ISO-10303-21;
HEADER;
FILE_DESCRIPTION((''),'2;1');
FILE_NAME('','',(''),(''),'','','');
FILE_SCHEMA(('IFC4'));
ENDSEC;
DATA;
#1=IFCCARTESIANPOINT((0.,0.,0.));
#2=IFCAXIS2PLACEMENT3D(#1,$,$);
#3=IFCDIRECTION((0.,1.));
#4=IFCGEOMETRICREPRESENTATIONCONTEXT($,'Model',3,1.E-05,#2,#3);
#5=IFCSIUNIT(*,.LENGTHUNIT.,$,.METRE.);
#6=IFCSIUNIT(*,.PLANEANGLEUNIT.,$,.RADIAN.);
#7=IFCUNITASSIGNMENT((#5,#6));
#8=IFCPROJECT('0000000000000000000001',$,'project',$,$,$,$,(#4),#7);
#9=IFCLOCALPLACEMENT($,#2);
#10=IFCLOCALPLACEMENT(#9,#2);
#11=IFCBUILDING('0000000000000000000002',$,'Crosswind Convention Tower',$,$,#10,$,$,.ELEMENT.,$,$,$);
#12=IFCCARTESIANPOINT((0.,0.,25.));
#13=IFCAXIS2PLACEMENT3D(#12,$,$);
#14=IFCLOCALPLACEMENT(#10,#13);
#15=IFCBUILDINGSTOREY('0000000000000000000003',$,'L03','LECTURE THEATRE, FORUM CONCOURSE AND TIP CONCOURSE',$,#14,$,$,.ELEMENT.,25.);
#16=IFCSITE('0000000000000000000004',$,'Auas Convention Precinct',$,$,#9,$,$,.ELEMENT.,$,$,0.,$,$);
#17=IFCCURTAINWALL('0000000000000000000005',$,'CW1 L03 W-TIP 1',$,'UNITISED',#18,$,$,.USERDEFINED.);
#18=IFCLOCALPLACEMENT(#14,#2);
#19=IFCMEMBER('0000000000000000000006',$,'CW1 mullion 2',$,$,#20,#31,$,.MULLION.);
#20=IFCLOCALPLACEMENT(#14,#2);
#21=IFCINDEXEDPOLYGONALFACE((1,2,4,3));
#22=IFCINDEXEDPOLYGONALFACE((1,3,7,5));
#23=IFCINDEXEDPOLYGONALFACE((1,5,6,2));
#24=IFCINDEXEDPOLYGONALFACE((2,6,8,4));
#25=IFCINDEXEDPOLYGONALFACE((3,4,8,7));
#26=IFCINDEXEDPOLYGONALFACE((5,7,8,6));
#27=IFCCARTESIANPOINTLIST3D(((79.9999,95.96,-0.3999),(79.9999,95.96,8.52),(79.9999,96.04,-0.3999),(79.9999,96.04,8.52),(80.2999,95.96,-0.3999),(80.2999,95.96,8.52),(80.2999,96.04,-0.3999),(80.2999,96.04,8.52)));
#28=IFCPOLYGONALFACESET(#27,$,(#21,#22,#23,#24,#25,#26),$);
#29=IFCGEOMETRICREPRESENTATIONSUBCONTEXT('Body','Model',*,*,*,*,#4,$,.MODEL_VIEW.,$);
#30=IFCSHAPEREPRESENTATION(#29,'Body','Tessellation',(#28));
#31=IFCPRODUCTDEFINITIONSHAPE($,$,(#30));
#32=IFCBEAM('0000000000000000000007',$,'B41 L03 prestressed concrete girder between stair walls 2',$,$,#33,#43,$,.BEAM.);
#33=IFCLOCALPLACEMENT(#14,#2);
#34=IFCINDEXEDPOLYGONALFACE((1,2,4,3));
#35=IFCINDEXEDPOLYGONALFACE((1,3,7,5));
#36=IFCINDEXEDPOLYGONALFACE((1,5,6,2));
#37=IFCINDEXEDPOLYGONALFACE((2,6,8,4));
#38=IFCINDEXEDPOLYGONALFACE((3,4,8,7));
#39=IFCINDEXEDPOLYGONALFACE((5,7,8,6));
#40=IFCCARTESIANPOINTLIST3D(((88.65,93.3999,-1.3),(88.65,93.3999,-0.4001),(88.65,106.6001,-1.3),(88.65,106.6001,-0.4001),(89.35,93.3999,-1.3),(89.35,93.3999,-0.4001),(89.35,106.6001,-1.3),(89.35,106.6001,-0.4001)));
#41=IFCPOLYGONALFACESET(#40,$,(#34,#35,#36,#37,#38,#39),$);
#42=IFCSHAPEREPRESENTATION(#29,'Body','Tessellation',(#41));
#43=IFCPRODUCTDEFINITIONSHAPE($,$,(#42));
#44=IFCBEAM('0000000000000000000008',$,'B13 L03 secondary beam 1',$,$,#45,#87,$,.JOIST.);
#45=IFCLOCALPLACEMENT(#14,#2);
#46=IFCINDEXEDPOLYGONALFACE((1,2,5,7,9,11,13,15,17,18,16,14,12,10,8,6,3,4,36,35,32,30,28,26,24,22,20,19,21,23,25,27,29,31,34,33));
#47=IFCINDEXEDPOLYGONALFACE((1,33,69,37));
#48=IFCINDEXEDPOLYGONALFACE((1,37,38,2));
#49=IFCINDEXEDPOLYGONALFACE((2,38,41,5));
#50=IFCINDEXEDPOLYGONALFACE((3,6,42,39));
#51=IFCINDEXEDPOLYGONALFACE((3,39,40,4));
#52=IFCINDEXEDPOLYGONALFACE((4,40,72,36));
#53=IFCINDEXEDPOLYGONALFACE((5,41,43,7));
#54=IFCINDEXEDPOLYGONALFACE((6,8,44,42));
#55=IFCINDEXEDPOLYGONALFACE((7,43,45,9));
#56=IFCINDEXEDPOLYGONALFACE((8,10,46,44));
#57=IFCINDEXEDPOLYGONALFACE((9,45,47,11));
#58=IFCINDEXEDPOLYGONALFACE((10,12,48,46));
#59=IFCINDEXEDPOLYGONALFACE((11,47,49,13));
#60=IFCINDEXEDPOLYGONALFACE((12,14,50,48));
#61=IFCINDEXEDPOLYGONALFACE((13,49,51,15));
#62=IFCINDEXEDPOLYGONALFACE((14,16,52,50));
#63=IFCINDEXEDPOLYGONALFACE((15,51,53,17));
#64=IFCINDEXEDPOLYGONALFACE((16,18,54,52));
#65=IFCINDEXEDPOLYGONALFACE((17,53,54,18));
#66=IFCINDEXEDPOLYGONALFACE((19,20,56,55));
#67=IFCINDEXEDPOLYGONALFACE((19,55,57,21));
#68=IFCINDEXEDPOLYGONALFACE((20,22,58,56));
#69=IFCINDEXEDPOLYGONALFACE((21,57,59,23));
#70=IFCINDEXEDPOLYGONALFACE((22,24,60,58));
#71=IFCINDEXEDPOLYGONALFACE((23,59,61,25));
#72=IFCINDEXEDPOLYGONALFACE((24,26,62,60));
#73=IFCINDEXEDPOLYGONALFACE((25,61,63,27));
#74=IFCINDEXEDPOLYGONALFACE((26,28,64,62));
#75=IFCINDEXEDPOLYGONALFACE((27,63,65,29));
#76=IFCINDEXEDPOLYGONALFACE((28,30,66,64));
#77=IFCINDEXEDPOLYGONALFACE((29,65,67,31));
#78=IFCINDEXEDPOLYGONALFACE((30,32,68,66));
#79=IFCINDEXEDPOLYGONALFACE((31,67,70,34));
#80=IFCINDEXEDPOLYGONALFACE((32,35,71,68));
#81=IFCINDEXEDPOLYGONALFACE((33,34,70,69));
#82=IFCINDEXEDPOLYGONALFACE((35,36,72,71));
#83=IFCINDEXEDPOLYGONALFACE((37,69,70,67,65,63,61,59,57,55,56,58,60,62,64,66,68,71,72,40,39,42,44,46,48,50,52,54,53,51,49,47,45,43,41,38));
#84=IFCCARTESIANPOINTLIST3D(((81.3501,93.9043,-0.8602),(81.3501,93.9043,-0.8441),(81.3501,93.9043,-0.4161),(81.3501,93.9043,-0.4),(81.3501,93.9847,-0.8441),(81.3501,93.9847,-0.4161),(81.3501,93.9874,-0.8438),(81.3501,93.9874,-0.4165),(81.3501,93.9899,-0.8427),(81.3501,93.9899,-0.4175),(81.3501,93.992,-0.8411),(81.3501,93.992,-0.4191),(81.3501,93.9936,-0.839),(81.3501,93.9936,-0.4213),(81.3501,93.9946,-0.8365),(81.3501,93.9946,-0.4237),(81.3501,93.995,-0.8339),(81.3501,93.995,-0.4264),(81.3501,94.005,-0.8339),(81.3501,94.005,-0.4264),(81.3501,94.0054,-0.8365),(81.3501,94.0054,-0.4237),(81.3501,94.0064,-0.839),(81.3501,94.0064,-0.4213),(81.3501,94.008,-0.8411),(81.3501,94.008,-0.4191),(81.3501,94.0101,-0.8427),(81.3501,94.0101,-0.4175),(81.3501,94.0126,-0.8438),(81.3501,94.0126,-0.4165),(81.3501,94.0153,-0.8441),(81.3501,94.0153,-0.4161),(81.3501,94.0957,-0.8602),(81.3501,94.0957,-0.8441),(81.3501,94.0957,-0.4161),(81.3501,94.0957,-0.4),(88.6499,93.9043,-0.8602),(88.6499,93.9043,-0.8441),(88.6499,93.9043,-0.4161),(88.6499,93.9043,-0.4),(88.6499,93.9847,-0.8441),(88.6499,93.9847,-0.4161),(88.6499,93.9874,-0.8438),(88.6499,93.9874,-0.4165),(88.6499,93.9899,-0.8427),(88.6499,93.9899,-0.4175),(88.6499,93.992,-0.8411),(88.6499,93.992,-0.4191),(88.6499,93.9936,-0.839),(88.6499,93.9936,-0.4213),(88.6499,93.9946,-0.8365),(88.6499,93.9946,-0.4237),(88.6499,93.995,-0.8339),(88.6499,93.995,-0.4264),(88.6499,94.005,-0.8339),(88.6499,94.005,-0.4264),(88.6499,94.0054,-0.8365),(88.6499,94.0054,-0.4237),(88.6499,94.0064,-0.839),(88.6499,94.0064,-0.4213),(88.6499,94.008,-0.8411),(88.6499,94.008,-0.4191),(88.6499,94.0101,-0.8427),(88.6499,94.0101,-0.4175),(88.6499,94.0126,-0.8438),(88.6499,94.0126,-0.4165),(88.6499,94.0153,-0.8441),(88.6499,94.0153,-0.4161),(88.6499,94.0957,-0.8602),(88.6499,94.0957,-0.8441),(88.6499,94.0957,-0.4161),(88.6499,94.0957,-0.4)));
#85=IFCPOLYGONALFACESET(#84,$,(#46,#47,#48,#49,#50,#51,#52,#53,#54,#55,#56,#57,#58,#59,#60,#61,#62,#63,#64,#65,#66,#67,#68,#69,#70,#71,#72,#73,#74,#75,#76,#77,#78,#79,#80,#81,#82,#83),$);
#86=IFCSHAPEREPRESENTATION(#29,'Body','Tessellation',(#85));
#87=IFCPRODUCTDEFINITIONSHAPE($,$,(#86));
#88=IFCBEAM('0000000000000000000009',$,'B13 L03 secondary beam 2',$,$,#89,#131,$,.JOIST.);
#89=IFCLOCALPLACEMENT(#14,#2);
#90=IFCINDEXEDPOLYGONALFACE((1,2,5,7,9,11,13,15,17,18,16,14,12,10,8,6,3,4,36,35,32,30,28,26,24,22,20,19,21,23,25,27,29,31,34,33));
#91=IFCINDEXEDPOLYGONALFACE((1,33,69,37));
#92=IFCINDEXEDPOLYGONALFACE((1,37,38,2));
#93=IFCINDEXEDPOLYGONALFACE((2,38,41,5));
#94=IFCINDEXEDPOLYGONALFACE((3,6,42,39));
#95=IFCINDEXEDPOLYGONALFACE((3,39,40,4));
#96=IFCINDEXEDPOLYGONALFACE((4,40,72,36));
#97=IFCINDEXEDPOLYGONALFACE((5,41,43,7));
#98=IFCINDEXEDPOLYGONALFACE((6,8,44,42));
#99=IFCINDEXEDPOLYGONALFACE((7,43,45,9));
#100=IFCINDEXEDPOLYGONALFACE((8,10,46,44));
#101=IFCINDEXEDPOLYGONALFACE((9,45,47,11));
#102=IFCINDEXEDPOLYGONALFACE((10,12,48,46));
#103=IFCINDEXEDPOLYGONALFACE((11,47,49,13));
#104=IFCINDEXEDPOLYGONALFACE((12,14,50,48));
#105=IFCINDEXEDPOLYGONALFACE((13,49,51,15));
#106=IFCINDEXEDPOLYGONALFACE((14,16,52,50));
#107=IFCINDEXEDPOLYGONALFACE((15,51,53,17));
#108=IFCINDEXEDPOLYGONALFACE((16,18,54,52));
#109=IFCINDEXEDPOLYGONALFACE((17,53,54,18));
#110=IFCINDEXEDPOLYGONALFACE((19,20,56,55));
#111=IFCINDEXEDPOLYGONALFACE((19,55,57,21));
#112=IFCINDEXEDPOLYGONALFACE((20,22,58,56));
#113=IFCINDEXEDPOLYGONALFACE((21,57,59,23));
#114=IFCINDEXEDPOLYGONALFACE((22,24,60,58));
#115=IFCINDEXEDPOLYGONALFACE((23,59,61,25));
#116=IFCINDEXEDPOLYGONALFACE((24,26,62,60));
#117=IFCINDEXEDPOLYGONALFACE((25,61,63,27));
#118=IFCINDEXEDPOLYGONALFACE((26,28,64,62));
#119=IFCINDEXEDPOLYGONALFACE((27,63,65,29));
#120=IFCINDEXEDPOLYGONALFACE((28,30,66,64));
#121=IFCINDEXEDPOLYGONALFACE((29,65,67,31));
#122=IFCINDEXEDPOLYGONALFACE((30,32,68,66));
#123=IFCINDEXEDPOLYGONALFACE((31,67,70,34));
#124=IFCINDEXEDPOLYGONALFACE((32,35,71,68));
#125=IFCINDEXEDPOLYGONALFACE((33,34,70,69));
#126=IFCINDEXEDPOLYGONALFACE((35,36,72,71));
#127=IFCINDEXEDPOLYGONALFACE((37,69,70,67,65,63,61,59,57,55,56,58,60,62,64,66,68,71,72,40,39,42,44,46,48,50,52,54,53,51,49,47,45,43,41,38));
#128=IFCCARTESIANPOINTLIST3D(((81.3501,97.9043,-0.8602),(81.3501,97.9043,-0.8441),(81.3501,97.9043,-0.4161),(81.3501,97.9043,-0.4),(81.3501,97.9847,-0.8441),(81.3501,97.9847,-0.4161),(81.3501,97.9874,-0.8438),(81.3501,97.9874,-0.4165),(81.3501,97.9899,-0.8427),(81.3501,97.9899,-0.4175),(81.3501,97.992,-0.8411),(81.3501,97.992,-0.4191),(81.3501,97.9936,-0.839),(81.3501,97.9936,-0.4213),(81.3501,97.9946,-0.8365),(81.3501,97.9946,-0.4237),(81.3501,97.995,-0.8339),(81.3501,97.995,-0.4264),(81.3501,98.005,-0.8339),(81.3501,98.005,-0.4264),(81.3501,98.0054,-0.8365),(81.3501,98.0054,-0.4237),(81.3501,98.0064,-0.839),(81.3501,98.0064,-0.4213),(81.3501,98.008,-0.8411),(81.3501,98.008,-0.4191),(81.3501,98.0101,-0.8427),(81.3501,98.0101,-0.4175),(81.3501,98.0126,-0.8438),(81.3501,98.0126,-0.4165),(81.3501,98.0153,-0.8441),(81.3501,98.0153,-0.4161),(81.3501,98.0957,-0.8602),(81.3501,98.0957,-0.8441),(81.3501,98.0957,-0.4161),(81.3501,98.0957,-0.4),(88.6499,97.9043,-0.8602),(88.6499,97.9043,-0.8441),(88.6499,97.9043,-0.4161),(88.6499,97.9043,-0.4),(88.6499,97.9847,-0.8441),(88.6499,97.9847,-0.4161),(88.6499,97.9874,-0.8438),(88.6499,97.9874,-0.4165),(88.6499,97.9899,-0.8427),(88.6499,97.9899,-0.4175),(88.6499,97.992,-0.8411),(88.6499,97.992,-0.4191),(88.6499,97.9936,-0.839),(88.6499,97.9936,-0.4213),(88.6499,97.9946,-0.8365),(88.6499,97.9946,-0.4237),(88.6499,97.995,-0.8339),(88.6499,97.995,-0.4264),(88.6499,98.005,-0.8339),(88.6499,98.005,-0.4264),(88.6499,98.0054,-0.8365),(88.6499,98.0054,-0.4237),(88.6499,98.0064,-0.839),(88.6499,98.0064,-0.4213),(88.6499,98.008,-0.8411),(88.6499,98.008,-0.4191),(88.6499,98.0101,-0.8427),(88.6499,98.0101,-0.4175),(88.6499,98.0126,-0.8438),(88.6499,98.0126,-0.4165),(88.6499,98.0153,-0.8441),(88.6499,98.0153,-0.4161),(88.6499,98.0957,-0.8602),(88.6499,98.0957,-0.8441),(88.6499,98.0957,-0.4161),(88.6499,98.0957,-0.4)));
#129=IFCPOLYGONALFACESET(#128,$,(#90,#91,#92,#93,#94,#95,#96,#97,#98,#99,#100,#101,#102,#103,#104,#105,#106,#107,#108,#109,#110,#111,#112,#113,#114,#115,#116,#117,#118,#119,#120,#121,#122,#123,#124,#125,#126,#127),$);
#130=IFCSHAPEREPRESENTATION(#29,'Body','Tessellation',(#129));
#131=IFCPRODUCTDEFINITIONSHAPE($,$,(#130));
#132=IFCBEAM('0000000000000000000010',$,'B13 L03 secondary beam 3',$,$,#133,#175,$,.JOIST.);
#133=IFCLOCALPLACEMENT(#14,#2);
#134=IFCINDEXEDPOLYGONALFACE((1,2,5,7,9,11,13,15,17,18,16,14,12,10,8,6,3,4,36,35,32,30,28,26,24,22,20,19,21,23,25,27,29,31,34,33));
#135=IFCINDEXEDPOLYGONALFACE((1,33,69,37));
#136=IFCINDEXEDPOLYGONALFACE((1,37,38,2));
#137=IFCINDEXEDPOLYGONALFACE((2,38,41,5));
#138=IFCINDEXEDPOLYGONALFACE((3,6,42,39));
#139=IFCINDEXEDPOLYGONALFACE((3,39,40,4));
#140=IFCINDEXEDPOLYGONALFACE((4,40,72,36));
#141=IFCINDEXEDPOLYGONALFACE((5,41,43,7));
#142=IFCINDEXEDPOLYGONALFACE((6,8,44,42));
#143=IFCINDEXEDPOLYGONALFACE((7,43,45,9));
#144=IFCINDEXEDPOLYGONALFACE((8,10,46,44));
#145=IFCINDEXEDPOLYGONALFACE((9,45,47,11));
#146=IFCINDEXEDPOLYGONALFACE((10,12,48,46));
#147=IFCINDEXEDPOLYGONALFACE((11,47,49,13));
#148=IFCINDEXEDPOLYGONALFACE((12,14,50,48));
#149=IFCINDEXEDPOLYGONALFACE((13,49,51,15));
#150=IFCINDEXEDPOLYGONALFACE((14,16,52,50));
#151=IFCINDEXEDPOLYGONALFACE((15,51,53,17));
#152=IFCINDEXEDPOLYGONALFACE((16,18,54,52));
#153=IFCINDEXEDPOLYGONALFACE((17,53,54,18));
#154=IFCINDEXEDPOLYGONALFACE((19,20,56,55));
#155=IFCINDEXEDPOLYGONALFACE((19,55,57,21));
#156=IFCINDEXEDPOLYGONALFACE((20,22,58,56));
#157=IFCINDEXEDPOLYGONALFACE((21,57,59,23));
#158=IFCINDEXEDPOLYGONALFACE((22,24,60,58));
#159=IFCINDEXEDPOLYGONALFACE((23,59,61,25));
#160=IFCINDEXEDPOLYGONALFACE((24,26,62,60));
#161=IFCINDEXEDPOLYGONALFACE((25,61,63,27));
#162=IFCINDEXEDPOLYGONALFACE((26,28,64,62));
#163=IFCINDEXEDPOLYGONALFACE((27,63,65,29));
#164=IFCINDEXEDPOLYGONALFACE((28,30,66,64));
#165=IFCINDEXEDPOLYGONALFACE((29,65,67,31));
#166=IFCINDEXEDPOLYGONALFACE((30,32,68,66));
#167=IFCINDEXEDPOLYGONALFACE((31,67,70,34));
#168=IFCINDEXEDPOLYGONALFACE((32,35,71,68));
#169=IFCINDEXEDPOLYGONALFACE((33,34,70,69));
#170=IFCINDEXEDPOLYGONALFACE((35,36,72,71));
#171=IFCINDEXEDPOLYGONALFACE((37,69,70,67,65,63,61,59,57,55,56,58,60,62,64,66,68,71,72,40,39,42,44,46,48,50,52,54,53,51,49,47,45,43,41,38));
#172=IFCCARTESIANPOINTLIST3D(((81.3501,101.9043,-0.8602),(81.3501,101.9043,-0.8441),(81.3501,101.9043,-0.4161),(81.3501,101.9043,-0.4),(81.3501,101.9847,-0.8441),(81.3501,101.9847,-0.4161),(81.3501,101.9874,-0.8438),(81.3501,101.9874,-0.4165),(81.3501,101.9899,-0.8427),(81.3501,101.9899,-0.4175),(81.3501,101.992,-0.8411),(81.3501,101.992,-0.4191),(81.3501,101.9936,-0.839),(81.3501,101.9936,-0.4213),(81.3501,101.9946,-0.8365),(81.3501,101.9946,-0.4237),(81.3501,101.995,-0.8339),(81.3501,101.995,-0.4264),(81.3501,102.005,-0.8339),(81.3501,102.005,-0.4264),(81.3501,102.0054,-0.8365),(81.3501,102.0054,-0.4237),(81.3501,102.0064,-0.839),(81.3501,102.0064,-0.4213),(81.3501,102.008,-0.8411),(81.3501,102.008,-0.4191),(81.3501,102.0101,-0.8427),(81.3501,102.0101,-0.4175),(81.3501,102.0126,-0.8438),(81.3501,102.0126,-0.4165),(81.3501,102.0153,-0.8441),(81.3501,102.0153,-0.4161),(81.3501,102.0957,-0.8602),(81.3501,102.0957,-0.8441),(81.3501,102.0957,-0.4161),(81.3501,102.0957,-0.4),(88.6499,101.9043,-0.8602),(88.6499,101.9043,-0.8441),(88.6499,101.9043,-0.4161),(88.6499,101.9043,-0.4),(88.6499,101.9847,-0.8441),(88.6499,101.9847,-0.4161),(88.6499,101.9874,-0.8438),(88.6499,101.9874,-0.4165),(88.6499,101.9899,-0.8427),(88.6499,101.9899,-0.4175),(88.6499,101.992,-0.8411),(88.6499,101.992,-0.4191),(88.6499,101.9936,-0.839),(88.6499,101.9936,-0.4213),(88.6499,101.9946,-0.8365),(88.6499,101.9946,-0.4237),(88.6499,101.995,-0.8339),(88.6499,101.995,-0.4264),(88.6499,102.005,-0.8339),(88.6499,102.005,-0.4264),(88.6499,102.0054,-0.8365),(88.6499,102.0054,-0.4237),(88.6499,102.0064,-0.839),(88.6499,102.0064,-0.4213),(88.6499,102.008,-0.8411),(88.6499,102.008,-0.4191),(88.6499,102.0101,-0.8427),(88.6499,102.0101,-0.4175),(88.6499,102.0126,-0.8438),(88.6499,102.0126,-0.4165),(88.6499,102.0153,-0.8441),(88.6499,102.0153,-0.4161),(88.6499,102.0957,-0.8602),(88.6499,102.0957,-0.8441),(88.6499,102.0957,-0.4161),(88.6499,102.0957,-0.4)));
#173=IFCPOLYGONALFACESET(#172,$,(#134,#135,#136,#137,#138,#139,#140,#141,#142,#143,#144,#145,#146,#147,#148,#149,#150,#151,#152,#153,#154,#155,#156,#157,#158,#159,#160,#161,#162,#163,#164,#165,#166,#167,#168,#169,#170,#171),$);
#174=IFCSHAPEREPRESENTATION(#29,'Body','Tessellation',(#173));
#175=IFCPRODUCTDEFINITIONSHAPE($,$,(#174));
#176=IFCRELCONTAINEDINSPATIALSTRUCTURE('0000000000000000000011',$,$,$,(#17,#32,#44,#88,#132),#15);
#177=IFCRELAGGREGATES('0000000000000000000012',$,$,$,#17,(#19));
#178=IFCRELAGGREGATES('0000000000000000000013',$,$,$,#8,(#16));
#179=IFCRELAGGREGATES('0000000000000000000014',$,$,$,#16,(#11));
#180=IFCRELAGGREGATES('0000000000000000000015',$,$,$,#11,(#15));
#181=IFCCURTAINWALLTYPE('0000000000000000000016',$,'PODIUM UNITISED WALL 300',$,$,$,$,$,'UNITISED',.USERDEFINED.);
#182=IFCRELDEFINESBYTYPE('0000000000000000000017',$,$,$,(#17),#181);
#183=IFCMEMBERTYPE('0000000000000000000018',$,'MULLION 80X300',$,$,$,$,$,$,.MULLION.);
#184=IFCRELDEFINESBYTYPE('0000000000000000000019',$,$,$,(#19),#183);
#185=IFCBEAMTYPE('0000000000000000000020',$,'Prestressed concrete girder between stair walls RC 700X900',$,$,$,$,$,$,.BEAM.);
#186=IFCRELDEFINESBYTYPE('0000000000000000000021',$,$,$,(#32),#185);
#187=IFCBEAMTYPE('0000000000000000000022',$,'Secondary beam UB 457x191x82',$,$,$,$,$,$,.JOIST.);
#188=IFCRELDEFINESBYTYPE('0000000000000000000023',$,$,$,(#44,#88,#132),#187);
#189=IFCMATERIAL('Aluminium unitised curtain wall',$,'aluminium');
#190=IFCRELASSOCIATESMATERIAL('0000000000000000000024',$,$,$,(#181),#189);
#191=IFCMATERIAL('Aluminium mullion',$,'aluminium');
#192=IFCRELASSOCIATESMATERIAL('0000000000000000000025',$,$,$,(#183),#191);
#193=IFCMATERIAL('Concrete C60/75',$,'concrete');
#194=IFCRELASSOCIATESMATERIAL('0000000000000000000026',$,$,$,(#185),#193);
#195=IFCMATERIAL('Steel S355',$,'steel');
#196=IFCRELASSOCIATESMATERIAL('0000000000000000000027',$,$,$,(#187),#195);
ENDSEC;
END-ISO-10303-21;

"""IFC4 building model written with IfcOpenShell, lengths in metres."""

from ifc_helpers import new_model, si_unit, direction, frame, origin, origin_2d, place, context, subcontext, project, spatial, rectangle, i_section, extrude, material, material_profile, profile_set, type_object, element, aggregate, save


model = new_model("IFC4")

# Units and contexts
model_context = context("Model", 3, precision=1e-05, world=origin(), true_north=direction((0.0, 1.0)))
body_context = subcontext(model_context, "Body", "Model", "MODEL_VIEW")
ifc_project = project(units=[si_unit("LENGTHUNIT", "METRE"), si_unit("PLANEANGLEUNIT", "RADIAN")], contexts=[model_context])

# Site, building, storey
site_placement = place(None, origin())
site = spatial("IfcSite", under=ifc_project, at=site_placement, Name="Auas Convention Precinct", CompositionType="ELEMENT", RefElevation=0.0)
building_placement = place(site_placement, origin())
building = spatial("IfcBuilding", under=site, at=building_placement, Name="Crosswind Convention Tower", CompositionType="ELEMENT")
storey_placement = place(building_placement, frame((0.0, 0.0, 25.0)))
storey = spatial("IfcBuildingStorey", under=building, at=storey_placement, Name="L03", Description="LECTURE THEATRE, FORUM CONCOURSE AND TIP CONCOURSE", CompositionType="ELEMENT", Elevation=25.0)

# Curtain wall, member
ifc_material_1 = material(Name="Aluminium unitised curtain wall", Category="aluminium")
curtain_wall_type = type_object("IfcCurtainWallType", Name="PODIUM UNITISED WALL 300", ElementType="UNITISED", PredefinedType="USERDEFINED", material=ifc_material_1)
curtain_wall_placement = place(storey_placement, origin())
curtain_wall = element("IfcCurtainWall", 1, at=curtain_wall_placement, inside=storey, type_object=curtain_wall_type, Name="CW1 L03 W-TIP 1", ObjectType="UNITISED", PredefinedType="USERDEFINED")
ifc_material_2 = material(Name="Aluminium mullion", Category="aluminium")
ifc_material_profile_1 = material_profile(ifc_material_2, rectangle(XDim=0.3, YDim=0.0801, at=origin_2d()), Name="AL 300X80")
ifc_profile_set_1 = profile_set([ifc_material_profile_1], Name="Aluminium mullion")
member_type_1 = type_object("IfcMemberType", Name="MULLION 80X300", PredefinedType="MULLION", material=ifc_profile_set_1)
member_1_placement = place(storey_placement, frame((80.1499, 96.0, -0.3999), z_axis=(0.0, 0.0, 1.0), x_axis=(-1.0, 0.0, 0.0)))
member_1 = element("IfcMember", 2, at=member_1_placement, type_object=member_type_1, Name="CW1 mullion 2", PredefinedType="MULLION", context=body_context, shape_type="SweptSolid", body=[
    extrude(rectangle(XDim=0.3, YDim=0.0801, at=origin_2d()), origin(), (0.0, 0.0, 1.0), 8.9199),
])

# Beams
ifc_material_3 = material(Name="Concrete C60/75", Category="concrete")
ifc_material_profile_2 = material_profile(ifc_material_3, rectangle(XDim=0.7, YDim=0.8999, at=origin_2d()), Name="RC 700X900")
ifc_profile_set_2 = profile_set([ifc_material_profile_2], Name="Concrete C60/75")
beam_type_1 = type_object("IfcBeamType", Name="Prestressed concrete girder between stair walls RC 700X900", PredefinedType="BEAM", material=ifc_profile_set_2)
beam_1_placement = place(storey_placement, frame((89.0, 93.3999, -0.8501), z_axis=(0.0, 1.0, 0.0), x_axis=(-1.0, 0.0, 0.0)))
element("IfcBeam", 3, at=beam_1_placement, inside=storey, type_object=beam_type_1, Name="B41 L03 prestressed concrete girder between stair walls 2", PredefinedType="BEAM", context=body_context, shape_type="SweptSolid", body=[
    extrude(rectangle(XDim=0.7, YDim=0.8999, at=origin_2d()), origin(), (0.0, 0.0, 1.0), 13.2002),
])
ifc_material_4 = material(Name="Steel S355", Category="steel")
ifc_material_profile_3 = material_profile(ifc_material_4, i_section(OverallWidth=0.1914, OverallDepth=0.4602, WebThickness=0.01, FlangeThickness=0.0161, FilletRadius=0.0103, at=origin_2d()), Name="UB 457x191x82")
ifc_profile_set_3 = profile_set([ifc_material_profile_3], Name="Steel S355")
beam_type_2 = type_object("IfcBeamType", Name="Secondary beam UB 457x191x82", PredefinedType="JOIST", material=ifc_profile_set_3)
for number, where, z_axis, x_axis, name in (
    (4, (81.3501, 94.0, -0.6301), (1.0, 0.0, 0.0), (0.0, 1.0, 0.0), "B13 L03 secondary beam 1"),
    (5, (81.3501, 98.0, -0.6301), (1.0, 0.0, 0.0), (0.0, 1.0, 0.0), "B13 L03 secondary beam 2"),
    (6, (81.3501, 102.0, -0.6301), (1.0, 0.0, 0.0), (0.0, 1.0, 0.0), "B13 L03 secondary beam 3"),
):
    element("IfcBeam", number, at=place(storey_placement, frame(where, z_axis=z_axis, x_axis=x_axis)), inside=storey, type_object=beam_type_2, Name=name, PredefinedType="JOIST", context=body_context, shape_type="SweptSolid", body=[
        extrude(i_section(OverallWidth=0.1914, OverallDepth=0.4602, WebThickness=0.01, FlangeThickness=0.0161, FilletRadius=0.0103, at=origin_2d()), origin(), (0.0, 0.0, 1.0), 7.2998),
    ])

aggregate(curtain_wall, [member_1])

save(model, "model.ifc")
